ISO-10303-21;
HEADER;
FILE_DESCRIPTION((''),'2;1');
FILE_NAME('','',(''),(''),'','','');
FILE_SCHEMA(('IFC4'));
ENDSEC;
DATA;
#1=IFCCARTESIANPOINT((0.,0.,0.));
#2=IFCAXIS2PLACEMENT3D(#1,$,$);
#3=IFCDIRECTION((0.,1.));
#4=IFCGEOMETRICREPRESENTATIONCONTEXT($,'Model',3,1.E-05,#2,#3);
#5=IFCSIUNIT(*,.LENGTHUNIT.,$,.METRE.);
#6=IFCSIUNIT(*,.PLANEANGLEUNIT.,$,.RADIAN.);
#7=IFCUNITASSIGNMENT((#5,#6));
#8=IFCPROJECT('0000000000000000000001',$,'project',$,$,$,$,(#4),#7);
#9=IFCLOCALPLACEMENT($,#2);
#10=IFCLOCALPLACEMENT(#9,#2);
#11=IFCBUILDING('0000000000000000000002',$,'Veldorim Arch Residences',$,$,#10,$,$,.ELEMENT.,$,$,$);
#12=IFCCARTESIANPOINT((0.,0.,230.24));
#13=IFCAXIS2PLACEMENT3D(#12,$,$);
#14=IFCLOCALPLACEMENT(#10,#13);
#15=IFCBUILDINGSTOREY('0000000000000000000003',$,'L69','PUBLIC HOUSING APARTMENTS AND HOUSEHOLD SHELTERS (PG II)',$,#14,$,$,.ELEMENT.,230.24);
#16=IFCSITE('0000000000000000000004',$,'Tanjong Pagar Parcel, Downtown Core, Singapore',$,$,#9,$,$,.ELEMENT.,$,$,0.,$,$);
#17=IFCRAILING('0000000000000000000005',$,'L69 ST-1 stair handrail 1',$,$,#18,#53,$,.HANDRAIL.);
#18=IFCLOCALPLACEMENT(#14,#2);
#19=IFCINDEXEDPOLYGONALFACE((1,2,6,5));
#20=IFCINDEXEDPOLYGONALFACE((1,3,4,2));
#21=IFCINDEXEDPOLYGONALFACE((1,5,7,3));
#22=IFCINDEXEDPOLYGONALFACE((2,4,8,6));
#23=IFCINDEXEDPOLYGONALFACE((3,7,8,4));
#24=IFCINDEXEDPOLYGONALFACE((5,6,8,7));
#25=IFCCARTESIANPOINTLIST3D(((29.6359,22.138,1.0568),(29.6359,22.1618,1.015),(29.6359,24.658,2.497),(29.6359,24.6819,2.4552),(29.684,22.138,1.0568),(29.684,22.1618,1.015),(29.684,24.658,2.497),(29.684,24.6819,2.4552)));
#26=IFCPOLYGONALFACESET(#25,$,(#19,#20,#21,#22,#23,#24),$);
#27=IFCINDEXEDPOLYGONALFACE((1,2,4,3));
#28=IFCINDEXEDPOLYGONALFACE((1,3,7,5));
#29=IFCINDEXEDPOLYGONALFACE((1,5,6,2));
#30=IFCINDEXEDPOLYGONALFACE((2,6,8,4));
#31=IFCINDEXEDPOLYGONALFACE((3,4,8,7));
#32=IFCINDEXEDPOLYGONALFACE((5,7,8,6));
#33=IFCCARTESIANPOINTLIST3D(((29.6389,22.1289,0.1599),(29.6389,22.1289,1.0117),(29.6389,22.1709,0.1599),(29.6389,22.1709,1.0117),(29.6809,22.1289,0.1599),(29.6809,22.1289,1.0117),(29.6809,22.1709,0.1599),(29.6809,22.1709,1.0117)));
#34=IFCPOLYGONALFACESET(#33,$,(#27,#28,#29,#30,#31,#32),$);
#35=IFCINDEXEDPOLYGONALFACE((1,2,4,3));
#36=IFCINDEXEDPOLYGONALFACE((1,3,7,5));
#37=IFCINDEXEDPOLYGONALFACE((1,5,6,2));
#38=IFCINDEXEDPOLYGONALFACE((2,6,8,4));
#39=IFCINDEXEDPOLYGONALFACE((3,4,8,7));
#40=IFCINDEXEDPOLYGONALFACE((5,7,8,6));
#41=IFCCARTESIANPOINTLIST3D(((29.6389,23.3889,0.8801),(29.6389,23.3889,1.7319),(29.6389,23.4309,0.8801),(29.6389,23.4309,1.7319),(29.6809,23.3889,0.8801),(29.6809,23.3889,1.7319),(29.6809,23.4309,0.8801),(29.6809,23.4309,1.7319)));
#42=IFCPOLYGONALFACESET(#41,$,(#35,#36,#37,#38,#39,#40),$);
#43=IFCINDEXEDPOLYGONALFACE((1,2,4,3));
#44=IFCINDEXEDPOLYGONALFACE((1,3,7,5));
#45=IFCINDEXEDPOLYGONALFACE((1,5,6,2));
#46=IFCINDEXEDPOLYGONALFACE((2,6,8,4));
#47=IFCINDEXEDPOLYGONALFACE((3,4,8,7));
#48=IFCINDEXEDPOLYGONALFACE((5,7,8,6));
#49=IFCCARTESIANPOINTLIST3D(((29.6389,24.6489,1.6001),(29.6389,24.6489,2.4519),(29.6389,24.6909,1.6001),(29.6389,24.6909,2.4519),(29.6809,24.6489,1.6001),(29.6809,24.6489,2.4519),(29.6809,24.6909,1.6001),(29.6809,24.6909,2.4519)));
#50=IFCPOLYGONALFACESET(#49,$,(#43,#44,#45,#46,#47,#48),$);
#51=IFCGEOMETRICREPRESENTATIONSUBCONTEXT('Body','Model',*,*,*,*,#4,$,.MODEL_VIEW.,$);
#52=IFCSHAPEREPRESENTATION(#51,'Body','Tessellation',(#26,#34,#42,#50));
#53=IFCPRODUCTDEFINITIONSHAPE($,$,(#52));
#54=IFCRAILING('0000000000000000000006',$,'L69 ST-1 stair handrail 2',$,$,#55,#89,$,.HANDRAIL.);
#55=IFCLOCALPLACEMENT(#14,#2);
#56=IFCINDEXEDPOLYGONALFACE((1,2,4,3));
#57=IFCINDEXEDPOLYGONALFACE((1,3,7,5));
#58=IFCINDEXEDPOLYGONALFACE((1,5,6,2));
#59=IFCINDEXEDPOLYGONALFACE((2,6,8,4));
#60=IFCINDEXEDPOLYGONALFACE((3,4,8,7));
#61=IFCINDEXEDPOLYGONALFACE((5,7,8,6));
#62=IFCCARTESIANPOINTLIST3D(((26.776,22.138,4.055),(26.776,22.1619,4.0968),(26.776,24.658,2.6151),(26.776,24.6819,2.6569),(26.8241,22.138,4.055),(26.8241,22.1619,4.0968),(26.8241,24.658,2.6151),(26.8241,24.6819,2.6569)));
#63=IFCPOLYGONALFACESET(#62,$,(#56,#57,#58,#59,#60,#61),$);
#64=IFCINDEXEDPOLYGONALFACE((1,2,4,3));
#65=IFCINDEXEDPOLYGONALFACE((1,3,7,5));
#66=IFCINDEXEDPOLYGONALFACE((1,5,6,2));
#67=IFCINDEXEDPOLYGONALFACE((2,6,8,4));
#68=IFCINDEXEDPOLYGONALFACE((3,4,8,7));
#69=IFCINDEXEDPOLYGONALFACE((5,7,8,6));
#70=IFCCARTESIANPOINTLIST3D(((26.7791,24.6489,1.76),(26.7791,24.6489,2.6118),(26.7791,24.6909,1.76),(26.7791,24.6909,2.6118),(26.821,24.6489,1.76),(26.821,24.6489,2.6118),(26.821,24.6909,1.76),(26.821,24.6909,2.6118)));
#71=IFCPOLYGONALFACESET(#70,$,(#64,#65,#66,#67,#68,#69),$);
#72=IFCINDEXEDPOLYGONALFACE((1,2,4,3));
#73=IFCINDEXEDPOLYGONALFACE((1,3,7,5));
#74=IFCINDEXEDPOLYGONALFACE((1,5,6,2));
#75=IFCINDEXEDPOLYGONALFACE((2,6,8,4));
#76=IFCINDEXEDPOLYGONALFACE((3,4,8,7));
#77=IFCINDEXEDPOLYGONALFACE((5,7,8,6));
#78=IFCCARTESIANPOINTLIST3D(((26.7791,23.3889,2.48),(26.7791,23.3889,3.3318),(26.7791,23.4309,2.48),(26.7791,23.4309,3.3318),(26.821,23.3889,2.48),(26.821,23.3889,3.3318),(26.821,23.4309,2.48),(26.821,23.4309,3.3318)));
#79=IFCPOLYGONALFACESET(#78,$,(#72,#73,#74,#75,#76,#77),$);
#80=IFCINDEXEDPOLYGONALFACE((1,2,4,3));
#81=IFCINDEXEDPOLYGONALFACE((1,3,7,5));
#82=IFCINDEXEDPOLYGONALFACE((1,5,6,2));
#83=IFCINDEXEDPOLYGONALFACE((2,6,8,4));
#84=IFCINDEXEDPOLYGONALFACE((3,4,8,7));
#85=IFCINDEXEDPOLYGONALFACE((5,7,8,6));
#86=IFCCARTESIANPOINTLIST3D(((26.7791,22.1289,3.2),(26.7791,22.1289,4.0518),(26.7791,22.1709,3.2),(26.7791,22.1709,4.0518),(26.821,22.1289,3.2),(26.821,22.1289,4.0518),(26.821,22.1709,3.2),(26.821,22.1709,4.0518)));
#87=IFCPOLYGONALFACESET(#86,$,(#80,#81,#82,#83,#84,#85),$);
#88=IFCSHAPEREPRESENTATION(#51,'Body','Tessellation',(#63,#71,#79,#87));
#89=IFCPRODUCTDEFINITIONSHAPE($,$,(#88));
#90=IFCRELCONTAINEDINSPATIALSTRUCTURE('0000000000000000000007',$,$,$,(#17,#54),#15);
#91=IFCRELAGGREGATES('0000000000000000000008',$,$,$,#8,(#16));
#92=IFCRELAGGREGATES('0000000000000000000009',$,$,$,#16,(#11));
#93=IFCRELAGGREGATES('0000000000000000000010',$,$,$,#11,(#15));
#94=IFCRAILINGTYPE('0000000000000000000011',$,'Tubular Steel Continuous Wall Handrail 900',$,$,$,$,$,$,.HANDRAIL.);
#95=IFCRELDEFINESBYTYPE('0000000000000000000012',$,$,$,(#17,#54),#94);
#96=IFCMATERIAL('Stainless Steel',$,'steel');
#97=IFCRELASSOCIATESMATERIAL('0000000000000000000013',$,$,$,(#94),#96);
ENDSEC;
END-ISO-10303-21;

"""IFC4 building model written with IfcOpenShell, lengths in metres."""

from ifc_helpers import new_model, si_unit, direction, frame, origin, origin_2d, place, context, subcontext, project, spatial, rectangle, extrude, material, type_object, element, save


model = new_model("IFC4")

# Units and contexts
model_context = context("Model", 3, precision=1e-05, world=origin(), true_north=direction((0.0, 1.0)))
body_context = subcontext(model_context, "Body", "Model", "MODEL_VIEW")
ifc_project = project(units=[si_unit("LENGTHUNIT", "METRE"), si_unit("PLANEANGLEUNIT", "RADIAN")], contexts=[model_context])

# Site, building, storey
site_placement = place(None, origin())
site = spatial("IfcSite", under=ifc_project, at=site_placement, Name="Tanjong Pagar Parcel, Downtown Core, Singapore", CompositionType="ELEMENT", RefElevation=0.0)
building_placement = place(site_placement, origin())
building = spatial("IfcBuilding", under=site, at=building_placement, Name="Veldorim Arch Residences", CompositionType="ELEMENT")
storey_placement = place(building_placement, frame((0.0, 0.0, 230.24)))
storey = spatial("IfcBuildingStorey", under=building, at=storey_placement, Name="L69", Description="PUBLIC HOUSING APARTMENTS AND HOUSEHOLD SHELTERS (PG II)", CompositionType="ELEMENT", Elevation=230.24)

# Railings
ifc_material_1 = material(Name="Stainless Steel", Category="steel")
railing_type_1 = type_object("IfcRailingType", Name="Tubular Steel Continuous Wall Handrail 900", PredefinedType="HANDRAIL", material=ifc_material_1)
railing_1_placement = place(storey_placement, frame((29.6599, 22.1499, 0.1599)))
element("IfcRailing", 1, at=railing_1_placement, inside=storey, type_object=railing_type_1, Name="L69 ST-1 stair handrail 1", PredefinedType="HANDRAIL", context=body_context, shape_type="SweptSolid", body=[
    extrude(rectangle(XDim=0.0481, YDim=0.0481, at=origin_2d()), frame((0.0, 0.0, 0.876), z_axis=(0.0, 0.868217, 0.496184), x_axis=(-1.0, 0.0, 0.0)), (0.0, 0.0, 1.0), 2.9026),
    extrude(rectangle(XDim=0.042, YDim=0.042, at=origin_2d()), origin(), (0.0, 0.0, 1.0), 0.8518),
    extrude(rectangle(XDim=0.042, YDim=0.042, at=origin_2d()), frame((0.0, 1.26, 0.7202)), (0.0, 0.0, 1.0), 0.8518),
    extrude(rectangle(XDim=0.042, YDim=0.042, at=origin_2d()), frame((0.0, 2.52, 1.4402)), (0.0, 0.0, 1.0), 0.8518),
])
railing_2_placement = place(storey_placement, frame((26.8, 24.6699, 1.76)))
element("IfcRailing", 2, at=railing_2_placement, inside=storey, type_object=railing_type_1, Name="L69 ST-1 stair handrail 2", PredefinedType="HANDRAIL", context=body_context, shape_type="SweptSolid", body=[
    extrude(rectangle(XDim=0.0481, YDim=0.0481, at=origin_2d()), frame((0.0, 0.0, 0.876), z_axis=(0.0, -0.868253, 0.496121), x_axis=(1.0, 0.0, 0.0)), (0.0, 0.0, 1.0), 2.9023),
    extrude(rectangle(XDim=0.042, YDim=0.042, at=origin_2d()), origin(), (0.0, 0.0, 1.0), 0.8518),
    extrude(rectangle(XDim=0.042, YDim=0.042, at=origin_2d()), frame((0.0, -1.26, 0.72)), (0.0, 0.0, 1.0), 0.8518),
    extrude(rectangle(XDim=0.042, YDim=0.042, at=origin_2d()), frame((0.0, -2.52, 1.4399)), (0.0, 0.0, 1.0), 0.8518),
])

save(model, "model.ifc")
